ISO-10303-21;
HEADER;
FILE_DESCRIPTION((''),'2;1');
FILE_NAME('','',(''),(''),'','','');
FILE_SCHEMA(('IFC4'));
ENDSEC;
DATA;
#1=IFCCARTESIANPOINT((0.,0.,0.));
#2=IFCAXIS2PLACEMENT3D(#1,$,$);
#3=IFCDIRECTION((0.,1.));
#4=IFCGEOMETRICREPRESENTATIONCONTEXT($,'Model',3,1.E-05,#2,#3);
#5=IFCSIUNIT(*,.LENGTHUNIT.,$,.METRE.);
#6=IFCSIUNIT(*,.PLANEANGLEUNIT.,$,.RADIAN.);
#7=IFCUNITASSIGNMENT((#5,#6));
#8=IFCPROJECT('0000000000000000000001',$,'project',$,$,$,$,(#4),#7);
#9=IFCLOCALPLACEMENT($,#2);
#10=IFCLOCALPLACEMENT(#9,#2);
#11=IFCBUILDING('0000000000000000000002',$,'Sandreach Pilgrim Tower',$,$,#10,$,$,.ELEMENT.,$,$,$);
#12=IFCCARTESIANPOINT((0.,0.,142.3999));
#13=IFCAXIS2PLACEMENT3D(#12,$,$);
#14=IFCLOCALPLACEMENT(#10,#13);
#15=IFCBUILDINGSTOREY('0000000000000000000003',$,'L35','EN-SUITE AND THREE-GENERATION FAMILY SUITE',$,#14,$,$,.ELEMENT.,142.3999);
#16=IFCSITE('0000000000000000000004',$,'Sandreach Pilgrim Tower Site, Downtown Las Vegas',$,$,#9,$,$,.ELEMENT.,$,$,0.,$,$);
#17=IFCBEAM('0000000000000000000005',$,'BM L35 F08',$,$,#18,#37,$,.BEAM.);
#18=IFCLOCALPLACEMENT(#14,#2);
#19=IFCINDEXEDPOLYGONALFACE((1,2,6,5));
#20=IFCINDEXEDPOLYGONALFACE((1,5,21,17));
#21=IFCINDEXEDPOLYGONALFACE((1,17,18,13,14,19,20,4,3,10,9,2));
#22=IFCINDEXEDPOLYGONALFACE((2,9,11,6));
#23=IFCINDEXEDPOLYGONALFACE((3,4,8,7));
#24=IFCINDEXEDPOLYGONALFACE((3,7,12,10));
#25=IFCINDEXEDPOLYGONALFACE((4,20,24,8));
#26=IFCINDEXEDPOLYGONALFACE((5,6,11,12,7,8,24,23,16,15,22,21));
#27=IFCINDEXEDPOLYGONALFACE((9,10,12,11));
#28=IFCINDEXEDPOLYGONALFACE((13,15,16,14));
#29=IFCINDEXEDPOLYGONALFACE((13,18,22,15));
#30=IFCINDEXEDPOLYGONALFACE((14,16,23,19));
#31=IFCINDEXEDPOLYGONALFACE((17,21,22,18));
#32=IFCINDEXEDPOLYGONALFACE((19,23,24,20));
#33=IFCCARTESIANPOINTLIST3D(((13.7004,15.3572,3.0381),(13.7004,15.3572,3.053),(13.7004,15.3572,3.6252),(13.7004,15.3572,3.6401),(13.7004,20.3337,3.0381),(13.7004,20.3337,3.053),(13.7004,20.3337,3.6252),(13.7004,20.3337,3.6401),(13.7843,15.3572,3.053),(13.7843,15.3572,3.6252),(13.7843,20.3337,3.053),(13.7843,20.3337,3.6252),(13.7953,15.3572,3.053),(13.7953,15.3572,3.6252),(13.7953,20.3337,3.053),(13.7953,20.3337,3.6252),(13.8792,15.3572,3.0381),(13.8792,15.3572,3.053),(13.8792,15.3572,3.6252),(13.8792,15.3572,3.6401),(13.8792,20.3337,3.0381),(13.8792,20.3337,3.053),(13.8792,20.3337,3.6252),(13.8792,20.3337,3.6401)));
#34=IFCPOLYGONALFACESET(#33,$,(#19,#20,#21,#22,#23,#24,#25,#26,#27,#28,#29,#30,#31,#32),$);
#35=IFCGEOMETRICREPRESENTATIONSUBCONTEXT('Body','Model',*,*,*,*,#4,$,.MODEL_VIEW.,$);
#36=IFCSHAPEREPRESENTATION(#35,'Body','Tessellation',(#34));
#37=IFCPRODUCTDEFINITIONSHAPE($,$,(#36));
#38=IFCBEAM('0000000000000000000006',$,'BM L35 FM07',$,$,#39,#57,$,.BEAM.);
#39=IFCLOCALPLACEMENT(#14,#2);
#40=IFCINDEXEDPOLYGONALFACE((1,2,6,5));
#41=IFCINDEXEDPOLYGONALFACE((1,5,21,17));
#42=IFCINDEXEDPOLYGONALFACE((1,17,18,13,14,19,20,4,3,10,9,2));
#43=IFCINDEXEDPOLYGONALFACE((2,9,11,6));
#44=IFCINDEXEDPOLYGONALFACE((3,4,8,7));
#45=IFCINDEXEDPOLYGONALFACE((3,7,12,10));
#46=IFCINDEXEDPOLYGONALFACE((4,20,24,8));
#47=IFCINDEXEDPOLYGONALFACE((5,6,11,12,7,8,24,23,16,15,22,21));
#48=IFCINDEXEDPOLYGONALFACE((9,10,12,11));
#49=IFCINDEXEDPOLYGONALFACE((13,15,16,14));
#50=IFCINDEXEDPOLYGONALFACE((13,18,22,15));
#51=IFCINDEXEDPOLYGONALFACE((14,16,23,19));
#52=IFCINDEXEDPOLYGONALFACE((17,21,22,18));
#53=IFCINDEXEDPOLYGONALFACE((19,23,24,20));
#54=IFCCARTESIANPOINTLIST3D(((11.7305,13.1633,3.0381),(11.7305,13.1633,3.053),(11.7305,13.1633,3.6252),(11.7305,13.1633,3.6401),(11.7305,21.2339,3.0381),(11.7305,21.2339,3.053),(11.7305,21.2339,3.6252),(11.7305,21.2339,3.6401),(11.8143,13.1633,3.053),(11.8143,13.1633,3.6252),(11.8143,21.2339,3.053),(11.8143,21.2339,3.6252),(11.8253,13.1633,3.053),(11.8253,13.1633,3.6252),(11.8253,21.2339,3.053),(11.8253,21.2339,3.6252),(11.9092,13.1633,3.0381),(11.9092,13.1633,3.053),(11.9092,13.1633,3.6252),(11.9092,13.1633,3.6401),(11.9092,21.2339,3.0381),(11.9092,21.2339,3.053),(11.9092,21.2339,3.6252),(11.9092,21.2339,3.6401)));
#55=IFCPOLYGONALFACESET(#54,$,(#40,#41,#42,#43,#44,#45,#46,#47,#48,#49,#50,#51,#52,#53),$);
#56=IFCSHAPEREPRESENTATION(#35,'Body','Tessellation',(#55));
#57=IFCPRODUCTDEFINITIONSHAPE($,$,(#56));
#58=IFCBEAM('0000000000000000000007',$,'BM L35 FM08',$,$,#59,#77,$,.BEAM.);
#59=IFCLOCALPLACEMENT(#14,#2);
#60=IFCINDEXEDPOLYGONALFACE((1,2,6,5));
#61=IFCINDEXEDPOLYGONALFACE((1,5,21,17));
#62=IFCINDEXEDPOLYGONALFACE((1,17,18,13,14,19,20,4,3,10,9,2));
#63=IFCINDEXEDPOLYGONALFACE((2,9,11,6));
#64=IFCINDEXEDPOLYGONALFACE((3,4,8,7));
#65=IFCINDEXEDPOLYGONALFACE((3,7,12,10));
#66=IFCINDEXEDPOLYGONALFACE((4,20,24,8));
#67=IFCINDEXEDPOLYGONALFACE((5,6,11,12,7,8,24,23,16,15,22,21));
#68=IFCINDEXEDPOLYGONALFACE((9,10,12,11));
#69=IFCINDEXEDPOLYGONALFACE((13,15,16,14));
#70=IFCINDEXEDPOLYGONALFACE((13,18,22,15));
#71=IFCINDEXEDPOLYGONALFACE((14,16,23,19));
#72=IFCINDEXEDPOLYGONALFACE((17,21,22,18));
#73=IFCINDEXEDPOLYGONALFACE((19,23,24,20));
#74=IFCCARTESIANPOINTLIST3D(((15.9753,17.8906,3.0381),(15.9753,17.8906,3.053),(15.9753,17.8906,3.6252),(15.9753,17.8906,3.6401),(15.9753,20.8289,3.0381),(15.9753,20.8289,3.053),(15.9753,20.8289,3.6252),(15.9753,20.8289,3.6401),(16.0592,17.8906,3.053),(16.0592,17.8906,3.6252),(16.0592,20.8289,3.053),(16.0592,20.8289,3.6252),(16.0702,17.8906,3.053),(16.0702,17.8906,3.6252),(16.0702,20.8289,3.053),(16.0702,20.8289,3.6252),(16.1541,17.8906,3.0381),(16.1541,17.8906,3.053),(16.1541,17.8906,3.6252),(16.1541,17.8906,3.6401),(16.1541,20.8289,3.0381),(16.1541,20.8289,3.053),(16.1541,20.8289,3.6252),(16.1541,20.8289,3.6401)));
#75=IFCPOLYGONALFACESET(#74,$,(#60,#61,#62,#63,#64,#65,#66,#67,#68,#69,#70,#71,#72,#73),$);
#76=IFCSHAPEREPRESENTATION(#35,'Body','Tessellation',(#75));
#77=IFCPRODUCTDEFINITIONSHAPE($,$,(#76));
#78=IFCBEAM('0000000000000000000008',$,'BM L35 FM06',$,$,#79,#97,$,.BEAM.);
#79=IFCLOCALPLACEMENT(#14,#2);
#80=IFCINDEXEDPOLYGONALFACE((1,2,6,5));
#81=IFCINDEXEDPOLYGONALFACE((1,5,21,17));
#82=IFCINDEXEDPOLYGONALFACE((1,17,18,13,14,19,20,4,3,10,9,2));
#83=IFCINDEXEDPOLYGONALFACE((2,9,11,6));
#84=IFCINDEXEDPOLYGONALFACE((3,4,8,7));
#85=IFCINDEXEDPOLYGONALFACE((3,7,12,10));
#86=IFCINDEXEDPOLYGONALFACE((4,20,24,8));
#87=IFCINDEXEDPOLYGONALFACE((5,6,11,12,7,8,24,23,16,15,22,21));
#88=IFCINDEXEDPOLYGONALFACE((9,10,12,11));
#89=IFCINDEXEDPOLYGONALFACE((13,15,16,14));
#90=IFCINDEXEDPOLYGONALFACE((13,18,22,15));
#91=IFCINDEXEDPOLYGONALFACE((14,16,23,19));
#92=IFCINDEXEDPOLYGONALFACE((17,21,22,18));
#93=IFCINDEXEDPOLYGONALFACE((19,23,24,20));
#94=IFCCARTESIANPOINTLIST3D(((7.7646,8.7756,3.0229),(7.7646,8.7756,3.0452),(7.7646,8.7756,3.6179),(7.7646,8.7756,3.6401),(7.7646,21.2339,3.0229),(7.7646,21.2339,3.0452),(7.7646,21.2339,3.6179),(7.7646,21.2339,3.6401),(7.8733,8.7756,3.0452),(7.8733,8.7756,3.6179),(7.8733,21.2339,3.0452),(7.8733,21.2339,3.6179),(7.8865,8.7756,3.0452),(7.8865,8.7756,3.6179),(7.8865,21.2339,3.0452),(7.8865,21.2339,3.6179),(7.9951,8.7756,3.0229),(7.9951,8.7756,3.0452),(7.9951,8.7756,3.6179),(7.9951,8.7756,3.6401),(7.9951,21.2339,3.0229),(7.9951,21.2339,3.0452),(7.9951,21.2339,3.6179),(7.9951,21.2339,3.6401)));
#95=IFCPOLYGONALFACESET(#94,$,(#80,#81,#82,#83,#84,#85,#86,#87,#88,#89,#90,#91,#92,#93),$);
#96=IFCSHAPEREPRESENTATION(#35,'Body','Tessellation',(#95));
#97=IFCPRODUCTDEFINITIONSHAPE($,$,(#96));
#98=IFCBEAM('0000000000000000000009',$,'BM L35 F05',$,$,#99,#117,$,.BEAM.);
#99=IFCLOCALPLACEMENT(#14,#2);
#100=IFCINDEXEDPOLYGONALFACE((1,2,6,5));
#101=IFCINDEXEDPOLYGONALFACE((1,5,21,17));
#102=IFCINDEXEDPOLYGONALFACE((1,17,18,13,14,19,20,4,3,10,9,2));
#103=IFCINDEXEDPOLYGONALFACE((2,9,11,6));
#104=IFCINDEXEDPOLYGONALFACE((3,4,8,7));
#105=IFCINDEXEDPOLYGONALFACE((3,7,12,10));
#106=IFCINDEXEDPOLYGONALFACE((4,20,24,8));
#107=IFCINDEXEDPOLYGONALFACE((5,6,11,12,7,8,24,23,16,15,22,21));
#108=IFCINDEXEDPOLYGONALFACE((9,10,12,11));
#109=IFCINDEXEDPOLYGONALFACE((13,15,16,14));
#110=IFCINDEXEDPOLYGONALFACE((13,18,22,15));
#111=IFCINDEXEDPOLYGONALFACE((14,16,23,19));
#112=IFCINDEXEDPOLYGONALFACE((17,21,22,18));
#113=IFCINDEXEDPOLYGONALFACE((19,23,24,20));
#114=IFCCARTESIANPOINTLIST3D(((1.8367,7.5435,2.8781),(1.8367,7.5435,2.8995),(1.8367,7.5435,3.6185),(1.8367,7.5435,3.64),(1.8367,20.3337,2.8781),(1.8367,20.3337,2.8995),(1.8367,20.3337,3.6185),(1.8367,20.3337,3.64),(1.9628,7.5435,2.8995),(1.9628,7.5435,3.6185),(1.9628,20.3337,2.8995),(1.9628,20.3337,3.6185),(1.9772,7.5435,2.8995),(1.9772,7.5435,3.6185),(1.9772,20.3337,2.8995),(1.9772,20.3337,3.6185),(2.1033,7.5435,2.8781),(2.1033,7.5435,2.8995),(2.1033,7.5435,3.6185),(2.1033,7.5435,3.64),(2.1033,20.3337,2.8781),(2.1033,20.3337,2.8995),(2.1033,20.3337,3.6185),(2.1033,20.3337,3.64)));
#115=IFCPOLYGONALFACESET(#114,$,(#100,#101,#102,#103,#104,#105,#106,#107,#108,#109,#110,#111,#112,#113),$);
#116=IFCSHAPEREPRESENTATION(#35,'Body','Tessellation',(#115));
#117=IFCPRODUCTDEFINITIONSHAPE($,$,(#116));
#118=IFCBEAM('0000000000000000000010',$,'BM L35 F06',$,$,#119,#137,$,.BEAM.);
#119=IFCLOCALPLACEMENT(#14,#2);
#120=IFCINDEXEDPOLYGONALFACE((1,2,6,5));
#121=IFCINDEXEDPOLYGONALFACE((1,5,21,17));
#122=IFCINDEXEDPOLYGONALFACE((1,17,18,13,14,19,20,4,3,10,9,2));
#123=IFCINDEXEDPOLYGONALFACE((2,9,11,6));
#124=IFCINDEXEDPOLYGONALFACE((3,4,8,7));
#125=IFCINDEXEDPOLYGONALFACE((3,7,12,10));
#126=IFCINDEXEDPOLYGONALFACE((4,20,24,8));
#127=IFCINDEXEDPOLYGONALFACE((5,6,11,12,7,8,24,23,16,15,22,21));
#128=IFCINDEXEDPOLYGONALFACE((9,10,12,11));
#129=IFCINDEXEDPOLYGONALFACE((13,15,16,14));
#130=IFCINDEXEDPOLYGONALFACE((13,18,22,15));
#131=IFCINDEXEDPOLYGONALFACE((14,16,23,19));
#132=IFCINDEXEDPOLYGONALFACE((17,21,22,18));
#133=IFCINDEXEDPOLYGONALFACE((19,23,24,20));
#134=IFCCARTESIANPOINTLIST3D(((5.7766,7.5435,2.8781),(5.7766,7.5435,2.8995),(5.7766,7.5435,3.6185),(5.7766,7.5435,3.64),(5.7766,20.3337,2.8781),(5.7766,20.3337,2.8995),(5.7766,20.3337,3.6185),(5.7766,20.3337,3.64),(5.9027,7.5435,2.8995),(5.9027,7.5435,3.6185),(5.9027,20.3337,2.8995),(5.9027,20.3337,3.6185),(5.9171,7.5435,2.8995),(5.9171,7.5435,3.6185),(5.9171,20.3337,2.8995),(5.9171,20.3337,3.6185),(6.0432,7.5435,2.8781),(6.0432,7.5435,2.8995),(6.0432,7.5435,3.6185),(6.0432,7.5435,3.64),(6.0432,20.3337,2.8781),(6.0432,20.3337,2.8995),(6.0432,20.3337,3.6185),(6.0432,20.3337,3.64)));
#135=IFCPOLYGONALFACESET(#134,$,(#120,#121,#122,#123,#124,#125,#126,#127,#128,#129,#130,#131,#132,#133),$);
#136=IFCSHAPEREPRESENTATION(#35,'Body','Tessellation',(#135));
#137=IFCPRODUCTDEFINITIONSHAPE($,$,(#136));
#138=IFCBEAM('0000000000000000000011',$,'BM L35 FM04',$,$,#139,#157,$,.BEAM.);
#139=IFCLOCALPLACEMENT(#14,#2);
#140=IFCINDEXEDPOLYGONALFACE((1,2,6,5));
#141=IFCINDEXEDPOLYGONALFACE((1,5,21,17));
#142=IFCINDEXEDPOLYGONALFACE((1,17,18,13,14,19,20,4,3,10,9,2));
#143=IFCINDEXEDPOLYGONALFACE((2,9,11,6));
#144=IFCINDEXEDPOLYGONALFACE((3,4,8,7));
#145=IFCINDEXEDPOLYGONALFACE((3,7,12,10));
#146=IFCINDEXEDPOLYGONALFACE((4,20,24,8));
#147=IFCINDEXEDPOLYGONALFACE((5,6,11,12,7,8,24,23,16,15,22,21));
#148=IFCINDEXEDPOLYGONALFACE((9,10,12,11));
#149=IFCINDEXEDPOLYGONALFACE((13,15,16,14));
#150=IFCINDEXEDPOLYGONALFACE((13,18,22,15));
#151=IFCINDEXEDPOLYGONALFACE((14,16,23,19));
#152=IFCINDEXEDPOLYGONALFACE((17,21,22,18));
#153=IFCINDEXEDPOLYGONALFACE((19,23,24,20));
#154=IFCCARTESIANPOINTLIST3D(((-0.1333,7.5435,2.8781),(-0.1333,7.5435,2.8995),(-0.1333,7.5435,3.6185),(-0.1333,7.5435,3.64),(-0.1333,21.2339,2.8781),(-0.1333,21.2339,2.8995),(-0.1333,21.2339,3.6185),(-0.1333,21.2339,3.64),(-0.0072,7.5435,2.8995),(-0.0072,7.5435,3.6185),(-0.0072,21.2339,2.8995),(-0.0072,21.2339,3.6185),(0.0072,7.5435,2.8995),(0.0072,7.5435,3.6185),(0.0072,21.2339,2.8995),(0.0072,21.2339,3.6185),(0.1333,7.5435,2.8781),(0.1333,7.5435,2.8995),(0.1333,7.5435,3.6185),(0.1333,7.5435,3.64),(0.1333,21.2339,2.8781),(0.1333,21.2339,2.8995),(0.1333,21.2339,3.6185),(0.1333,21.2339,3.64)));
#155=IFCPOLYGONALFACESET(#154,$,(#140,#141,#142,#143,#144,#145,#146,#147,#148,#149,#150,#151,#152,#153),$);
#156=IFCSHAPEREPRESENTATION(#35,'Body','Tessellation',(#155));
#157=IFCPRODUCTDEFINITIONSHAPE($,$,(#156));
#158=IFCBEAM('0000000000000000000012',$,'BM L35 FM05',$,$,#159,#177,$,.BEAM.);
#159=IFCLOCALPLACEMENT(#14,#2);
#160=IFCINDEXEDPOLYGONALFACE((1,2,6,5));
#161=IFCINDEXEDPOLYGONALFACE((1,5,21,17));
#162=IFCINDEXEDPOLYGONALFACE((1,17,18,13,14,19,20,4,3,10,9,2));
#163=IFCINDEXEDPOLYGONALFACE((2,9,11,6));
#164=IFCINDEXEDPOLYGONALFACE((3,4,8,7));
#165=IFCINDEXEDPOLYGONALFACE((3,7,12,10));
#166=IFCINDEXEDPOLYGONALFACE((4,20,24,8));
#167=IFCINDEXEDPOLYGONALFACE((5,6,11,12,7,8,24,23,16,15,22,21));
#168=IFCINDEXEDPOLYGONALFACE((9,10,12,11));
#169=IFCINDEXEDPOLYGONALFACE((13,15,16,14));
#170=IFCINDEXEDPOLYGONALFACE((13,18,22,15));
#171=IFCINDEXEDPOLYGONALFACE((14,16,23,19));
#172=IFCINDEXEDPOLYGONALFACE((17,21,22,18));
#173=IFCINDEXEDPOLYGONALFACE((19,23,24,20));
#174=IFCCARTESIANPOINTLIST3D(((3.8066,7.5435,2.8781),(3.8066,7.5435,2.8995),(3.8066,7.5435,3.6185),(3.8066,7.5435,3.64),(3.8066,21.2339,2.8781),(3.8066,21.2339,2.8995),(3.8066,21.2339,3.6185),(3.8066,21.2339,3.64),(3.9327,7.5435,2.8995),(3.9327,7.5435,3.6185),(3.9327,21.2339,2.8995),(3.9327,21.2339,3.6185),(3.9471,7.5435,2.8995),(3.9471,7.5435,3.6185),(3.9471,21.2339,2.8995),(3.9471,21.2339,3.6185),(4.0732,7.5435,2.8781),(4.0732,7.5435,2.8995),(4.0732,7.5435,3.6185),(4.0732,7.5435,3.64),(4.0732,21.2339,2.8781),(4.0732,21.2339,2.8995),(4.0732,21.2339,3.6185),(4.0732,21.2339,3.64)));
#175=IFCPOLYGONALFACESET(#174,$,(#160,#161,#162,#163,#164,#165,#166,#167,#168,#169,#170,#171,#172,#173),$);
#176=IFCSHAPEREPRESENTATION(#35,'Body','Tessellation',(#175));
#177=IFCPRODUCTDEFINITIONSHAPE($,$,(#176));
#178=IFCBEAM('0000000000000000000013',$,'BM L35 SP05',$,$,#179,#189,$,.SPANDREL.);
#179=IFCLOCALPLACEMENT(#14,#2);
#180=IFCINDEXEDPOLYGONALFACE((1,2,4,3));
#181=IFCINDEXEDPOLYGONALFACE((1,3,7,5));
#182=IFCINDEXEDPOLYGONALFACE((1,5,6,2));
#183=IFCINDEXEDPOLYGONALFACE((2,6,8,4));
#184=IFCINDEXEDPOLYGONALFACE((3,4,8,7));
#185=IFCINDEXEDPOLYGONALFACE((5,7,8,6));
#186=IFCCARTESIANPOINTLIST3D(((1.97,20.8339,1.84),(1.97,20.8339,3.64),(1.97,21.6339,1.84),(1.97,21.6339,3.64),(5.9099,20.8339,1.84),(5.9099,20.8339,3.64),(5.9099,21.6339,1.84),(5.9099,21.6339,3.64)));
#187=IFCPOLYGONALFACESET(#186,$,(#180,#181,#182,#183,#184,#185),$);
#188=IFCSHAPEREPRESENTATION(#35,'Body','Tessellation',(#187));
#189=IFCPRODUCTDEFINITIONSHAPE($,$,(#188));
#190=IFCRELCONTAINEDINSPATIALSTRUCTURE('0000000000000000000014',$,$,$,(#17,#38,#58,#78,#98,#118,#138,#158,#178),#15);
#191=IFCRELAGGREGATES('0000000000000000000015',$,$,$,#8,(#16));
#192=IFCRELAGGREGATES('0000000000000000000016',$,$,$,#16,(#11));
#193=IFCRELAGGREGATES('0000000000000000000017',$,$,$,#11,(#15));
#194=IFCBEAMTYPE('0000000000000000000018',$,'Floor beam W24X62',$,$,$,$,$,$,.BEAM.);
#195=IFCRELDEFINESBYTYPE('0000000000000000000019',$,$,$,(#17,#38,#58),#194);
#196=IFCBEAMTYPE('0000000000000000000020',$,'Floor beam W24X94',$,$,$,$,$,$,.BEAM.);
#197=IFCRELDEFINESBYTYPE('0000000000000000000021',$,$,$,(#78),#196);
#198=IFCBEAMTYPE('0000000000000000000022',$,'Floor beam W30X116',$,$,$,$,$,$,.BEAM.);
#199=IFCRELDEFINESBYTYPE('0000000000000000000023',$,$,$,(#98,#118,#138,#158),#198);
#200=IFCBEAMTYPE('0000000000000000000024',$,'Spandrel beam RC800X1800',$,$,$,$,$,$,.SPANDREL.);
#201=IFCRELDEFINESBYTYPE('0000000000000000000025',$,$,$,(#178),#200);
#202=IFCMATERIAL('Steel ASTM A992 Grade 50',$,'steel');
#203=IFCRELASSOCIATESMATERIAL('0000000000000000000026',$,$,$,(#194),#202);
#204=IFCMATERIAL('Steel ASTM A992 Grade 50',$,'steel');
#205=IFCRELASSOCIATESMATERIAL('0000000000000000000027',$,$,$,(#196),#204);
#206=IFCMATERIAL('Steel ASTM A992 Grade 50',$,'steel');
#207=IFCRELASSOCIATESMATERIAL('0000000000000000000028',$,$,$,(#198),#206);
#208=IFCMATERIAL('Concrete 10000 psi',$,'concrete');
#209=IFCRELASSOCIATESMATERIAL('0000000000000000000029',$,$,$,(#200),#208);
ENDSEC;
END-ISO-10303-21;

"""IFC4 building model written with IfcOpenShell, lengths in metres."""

from ifc_helpers import new_model, si_unit, direction, frame, origin, origin_2d, place, context, subcontext, project, spatial, rectangle, i_section, extrude, material, material_profile, profile_set, type_object, element, save


model = new_model("IFC4")

# Units and contexts
model_context = context("Model", 3, precision=1e-05, world=origin(), true_north=direction((0.0, 1.0)))
body_context = subcontext(model_context, "Body", "Model", "MODEL_VIEW")
ifc_project = project(units=[si_unit("LENGTHUNIT", "METRE"), si_unit("PLANEANGLEUNIT", "RADIAN")], contexts=[model_context])

# Site, building, storey
site_placement = place(None, origin())
site = spatial("IfcSite", under=ifc_project, at=site_placement, Name="Sandreach Pilgrim Tower Site, Downtown Las Vegas", CompositionType="ELEMENT", RefElevation=0.0)
building_placement = place(site_placement, origin())
building = spatial("IfcBuilding", under=site, at=building_placement, Name="Sandreach Pilgrim Tower", CompositionType="ELEMENT")
storey_placement = place(building_placement, frame((0.0, 0.0, 142.3999)))
storey = spatial("IfcBuildingStorey", under=building, at=storey_placement, Name="L35", Description="EN-SUITE AND THREE-GENERATION FAMILY SUITE", CompositionType="ELEMENT", Elevation=142.3999)

# Beams
ifc_material_1 = material(Name="Steel ASTM A992 Grade 50", Category="steel")
ifc_material_profile_1 = material_profile(ifc_material_1, i_section(OverallWidth=0.1787, OverallDepth=0.6021, WebThickness=0.011, FlangeThickness=0.0149, at=origin_2d()), Name="W24X62")
ifc_profile_set_1 = profile_set([ifc_material_profile_1], Name="Steel ASTM A992 Grade 50")
beam_type_1 = type_object("IfcBeamType", Name="Floor beam W24X62", PredefinedType="BEAM", material=ifc_profile_set_1)
beam_1_placement = place(storey_placement, frame((13.7898, 20.3337, 3.3391), z_axis=(0.0, -1.0, 0.0), x_axis=(1.0, 0.0, 0.0)))
element("IfcBeam", 1, at=beam_1_placement, inside=storey, type_object=beam_type_1, Name="BM L35 F08", PredefinedType="BEAM", context=body_context, shape_type="SweptSolid", body=[
    extrude(i_section(OverallWidth=0.1787, OverallDepth=0.6021, WebThickness=0.011, FlangeThickness=0.0149, at=origin_2d()), origin(), (0.0, 0.0, 1.0), 4.9766),
])
beam_2_placement = place(storey_placement, frame((11.8198, 21.2339, 3.3391), z_axis=(0.0, -1.0, 0.0), x_axis=(1.0, 0.0, 0.0)))
element("IfcBeam", 2, at=beam_2_placement, inside=storey, type_object=beam_type_1, Name="BM L35 FM07", PredefinedType="BEAM", context=body_context, shape_type="SweptSolid", body=[
    extrude(i_section(OverallWidth=0.1787, OverallDepth=0.6021, WebThickness=0.011, FlangeThickness=0.0149, at=origin_2d()), origin(), (0.0, 0.0, 1.0), 8.0706),
])
beam_3_placement = place(storey_placement, frame((16.0647, 20.8289, 3.3391), z_axis=(0.0, -1.0, 0.0), x_axis=(1.0, 0.0, 0.0)))
element("IfcBeam", 3, at=beam_3_placement, inside=storey, type_object=beam_type_1, Name="BM L35 FM08", PredefinedType="BEAM", context=body_context, shape_type="SweptSolid", body=[
    extrude(i_section(OverallWidth=0.1787, OverallDepth=0.6021, WebThickness=0.011, FlangeThickness=0.0149, at=origin_2d()), origin(), (0.0, 0.0, 1.0), 2.9382),
])
ifc_material_2 = material(Name="Steel ASTM A992 Grade 50", Category="steel")
ifc_material_profile_2 = material_profile(ifc_material_2, i_section(OverallWidth=0.2305, OverallDepth=0.6172, WebThickness=0.0132, FlangeThickness=0.0222, at=origin_2d()), Name="W24X94")
ifc_profile_set_2 = profile_set([ifc_material_profile_2], Name="Steel ASTM A992 Grade 50")
beam_type_2 = type_object("IfcBeamType", Name="Floor beam W24X94", PredefinedType="BEAM", material=ifc_profile_set_2)
beam_4_placement = place(storey_placement, frame((7.8799, 21.2339, 3.3315), z_axis=(0.0, -1.0, 0.0), x_axis=(1.0, 0.0, 0.0)))
element("IfcBeam", 4, at=beam_4_placement, inside=storey, type_object=beam_type_2, Name="BM L35 FM06", PredefinedType="BEAM", context=body_context, shape_type="SweptSolid", body=[
    extrude(i_section(OverallWidth=0.2305, OverallDepth=0.6172, WebThickness=0.0132, FlangeThickness=0.0222, at=origin_2d()), origin(), (0.0, 0.0, 1.0), 12.4583),
])
ifc_material_3 = material(Name="Steel ASTM A992 Grade 50", Category="steel")
ifc_material_profile_3 = material_profile(ifc_material_3, i_section(OverallWidth=0.2666, OverallDepth=0.762, WebThickness=0.0144, FlangeThickness=0.0215, at=origin_2d()), Name="W30X116")
ifc_profile_set_3 = profile_set([ifc_material_profile_3], Name="Steel ASTM A992 Grade 50")
beam_type_3 = type_object("IfcBeamType", Name="Floor beam W30X116", PredefinedType="BEAM", material=ifc_profile_set_3)
for number, where, z_axis, x_axis, name in (
    (5, (1.97, 20.3337, 3.259), (0.0, -1.0, 0.0), (1.0, 0.0, 0.0), "BM L35 F05"),
    (6, (5.9099, 20.3337, 3.259), (0.0, -1.0, 0.0), (1.0, 0.0, 0.0), "BM L35 F06"),
):
    element("IfcBeam", number, at=place(storey_placement, frame(where, z_axis=z_axis, x_axis=x_axis)), inside=storey, type_object=beam_type_3, Name=name, PredefinedType="BEAM", context=body_context, shape_type="SweptSolid", body=[
        extrude(i_section(OverallWidth=0.2666, OverallDepth=0.762, WebThickness=0.0144, FlangeThickness=0.0215, at=origin_2d()), origin(), (0.0, 0.0, 1.0), 12.7903),
    ])
for number, where, z_axis, x_axis, name in (
    (7, (0.0, 21.2339, 3.259), (0.0, -1.0, 0.0), (1.0, 0.0, 0.0), "BM L35 FM04"),
    (8, (3.9399, 21.2339, 3.259), (0.0, -1.0, 0.0), (1.0, 0.0, 0.0), "BM L35 FM05"),
):
    element("IfcBeam", number, at=place(storey_placement, frame(where, z_axis=z_axis, x_axis=x_axis)), inside=storey, type_object=beam_type_3, Name=name, PredefinedType="BEAM", context=body_context, shape_type="SweptSolid", body=[
        extrude(i_section(OverallWidth=0.2666, OverallDepth=0.762, WebThickness=0.0144, FlangeThickness=0.0215, at=origin_2d()), origin(), (0.0, 0.0, 1.0), 13.6904),
    ])
ifc_material_4 = material(Name="Concrete 10000 psi", Category="concrete")
ifc_material_profile_4 = material_profile(ifc_material_4, rectangle(XDim=0.8, YDim=1.8, at=origin_2d()), Name="RC800X1800")
ifc_profile_set_4 = profile_set([ifc_material_profile_4], Name="Concrete 10000 psi")
beam_type_4 = type_object("IfcBeamType", Name="Spandrel beam RC800X1800", PredefinedType="SPANDREL", material=ifc_profile_set_4)
for number, where, z_axis, x_axis, name in (
    (9, (1.97, 21.2339, 2.74), (1.0, 0.0, 0.0), (0.0, 1.0, 0.0), "BM L35 SP05"),
):
    element("IfcBeam", number, at=place(storey_placement, frame(where, z_axis=z_axis, x_axis=x_axis)), inside=storey, type_object=beam_type_4, Name=name, PredefinedType="SPANDREL", context=body_context, shape_type="SweptSolid", body=[
        extrude(rectangle(XDim=0.8, YDim=1.8, at=origin_2d()), origin(), (0.0, 0.0, 1.0), 3.9399),
    ])

save(model, "model.ifc")
